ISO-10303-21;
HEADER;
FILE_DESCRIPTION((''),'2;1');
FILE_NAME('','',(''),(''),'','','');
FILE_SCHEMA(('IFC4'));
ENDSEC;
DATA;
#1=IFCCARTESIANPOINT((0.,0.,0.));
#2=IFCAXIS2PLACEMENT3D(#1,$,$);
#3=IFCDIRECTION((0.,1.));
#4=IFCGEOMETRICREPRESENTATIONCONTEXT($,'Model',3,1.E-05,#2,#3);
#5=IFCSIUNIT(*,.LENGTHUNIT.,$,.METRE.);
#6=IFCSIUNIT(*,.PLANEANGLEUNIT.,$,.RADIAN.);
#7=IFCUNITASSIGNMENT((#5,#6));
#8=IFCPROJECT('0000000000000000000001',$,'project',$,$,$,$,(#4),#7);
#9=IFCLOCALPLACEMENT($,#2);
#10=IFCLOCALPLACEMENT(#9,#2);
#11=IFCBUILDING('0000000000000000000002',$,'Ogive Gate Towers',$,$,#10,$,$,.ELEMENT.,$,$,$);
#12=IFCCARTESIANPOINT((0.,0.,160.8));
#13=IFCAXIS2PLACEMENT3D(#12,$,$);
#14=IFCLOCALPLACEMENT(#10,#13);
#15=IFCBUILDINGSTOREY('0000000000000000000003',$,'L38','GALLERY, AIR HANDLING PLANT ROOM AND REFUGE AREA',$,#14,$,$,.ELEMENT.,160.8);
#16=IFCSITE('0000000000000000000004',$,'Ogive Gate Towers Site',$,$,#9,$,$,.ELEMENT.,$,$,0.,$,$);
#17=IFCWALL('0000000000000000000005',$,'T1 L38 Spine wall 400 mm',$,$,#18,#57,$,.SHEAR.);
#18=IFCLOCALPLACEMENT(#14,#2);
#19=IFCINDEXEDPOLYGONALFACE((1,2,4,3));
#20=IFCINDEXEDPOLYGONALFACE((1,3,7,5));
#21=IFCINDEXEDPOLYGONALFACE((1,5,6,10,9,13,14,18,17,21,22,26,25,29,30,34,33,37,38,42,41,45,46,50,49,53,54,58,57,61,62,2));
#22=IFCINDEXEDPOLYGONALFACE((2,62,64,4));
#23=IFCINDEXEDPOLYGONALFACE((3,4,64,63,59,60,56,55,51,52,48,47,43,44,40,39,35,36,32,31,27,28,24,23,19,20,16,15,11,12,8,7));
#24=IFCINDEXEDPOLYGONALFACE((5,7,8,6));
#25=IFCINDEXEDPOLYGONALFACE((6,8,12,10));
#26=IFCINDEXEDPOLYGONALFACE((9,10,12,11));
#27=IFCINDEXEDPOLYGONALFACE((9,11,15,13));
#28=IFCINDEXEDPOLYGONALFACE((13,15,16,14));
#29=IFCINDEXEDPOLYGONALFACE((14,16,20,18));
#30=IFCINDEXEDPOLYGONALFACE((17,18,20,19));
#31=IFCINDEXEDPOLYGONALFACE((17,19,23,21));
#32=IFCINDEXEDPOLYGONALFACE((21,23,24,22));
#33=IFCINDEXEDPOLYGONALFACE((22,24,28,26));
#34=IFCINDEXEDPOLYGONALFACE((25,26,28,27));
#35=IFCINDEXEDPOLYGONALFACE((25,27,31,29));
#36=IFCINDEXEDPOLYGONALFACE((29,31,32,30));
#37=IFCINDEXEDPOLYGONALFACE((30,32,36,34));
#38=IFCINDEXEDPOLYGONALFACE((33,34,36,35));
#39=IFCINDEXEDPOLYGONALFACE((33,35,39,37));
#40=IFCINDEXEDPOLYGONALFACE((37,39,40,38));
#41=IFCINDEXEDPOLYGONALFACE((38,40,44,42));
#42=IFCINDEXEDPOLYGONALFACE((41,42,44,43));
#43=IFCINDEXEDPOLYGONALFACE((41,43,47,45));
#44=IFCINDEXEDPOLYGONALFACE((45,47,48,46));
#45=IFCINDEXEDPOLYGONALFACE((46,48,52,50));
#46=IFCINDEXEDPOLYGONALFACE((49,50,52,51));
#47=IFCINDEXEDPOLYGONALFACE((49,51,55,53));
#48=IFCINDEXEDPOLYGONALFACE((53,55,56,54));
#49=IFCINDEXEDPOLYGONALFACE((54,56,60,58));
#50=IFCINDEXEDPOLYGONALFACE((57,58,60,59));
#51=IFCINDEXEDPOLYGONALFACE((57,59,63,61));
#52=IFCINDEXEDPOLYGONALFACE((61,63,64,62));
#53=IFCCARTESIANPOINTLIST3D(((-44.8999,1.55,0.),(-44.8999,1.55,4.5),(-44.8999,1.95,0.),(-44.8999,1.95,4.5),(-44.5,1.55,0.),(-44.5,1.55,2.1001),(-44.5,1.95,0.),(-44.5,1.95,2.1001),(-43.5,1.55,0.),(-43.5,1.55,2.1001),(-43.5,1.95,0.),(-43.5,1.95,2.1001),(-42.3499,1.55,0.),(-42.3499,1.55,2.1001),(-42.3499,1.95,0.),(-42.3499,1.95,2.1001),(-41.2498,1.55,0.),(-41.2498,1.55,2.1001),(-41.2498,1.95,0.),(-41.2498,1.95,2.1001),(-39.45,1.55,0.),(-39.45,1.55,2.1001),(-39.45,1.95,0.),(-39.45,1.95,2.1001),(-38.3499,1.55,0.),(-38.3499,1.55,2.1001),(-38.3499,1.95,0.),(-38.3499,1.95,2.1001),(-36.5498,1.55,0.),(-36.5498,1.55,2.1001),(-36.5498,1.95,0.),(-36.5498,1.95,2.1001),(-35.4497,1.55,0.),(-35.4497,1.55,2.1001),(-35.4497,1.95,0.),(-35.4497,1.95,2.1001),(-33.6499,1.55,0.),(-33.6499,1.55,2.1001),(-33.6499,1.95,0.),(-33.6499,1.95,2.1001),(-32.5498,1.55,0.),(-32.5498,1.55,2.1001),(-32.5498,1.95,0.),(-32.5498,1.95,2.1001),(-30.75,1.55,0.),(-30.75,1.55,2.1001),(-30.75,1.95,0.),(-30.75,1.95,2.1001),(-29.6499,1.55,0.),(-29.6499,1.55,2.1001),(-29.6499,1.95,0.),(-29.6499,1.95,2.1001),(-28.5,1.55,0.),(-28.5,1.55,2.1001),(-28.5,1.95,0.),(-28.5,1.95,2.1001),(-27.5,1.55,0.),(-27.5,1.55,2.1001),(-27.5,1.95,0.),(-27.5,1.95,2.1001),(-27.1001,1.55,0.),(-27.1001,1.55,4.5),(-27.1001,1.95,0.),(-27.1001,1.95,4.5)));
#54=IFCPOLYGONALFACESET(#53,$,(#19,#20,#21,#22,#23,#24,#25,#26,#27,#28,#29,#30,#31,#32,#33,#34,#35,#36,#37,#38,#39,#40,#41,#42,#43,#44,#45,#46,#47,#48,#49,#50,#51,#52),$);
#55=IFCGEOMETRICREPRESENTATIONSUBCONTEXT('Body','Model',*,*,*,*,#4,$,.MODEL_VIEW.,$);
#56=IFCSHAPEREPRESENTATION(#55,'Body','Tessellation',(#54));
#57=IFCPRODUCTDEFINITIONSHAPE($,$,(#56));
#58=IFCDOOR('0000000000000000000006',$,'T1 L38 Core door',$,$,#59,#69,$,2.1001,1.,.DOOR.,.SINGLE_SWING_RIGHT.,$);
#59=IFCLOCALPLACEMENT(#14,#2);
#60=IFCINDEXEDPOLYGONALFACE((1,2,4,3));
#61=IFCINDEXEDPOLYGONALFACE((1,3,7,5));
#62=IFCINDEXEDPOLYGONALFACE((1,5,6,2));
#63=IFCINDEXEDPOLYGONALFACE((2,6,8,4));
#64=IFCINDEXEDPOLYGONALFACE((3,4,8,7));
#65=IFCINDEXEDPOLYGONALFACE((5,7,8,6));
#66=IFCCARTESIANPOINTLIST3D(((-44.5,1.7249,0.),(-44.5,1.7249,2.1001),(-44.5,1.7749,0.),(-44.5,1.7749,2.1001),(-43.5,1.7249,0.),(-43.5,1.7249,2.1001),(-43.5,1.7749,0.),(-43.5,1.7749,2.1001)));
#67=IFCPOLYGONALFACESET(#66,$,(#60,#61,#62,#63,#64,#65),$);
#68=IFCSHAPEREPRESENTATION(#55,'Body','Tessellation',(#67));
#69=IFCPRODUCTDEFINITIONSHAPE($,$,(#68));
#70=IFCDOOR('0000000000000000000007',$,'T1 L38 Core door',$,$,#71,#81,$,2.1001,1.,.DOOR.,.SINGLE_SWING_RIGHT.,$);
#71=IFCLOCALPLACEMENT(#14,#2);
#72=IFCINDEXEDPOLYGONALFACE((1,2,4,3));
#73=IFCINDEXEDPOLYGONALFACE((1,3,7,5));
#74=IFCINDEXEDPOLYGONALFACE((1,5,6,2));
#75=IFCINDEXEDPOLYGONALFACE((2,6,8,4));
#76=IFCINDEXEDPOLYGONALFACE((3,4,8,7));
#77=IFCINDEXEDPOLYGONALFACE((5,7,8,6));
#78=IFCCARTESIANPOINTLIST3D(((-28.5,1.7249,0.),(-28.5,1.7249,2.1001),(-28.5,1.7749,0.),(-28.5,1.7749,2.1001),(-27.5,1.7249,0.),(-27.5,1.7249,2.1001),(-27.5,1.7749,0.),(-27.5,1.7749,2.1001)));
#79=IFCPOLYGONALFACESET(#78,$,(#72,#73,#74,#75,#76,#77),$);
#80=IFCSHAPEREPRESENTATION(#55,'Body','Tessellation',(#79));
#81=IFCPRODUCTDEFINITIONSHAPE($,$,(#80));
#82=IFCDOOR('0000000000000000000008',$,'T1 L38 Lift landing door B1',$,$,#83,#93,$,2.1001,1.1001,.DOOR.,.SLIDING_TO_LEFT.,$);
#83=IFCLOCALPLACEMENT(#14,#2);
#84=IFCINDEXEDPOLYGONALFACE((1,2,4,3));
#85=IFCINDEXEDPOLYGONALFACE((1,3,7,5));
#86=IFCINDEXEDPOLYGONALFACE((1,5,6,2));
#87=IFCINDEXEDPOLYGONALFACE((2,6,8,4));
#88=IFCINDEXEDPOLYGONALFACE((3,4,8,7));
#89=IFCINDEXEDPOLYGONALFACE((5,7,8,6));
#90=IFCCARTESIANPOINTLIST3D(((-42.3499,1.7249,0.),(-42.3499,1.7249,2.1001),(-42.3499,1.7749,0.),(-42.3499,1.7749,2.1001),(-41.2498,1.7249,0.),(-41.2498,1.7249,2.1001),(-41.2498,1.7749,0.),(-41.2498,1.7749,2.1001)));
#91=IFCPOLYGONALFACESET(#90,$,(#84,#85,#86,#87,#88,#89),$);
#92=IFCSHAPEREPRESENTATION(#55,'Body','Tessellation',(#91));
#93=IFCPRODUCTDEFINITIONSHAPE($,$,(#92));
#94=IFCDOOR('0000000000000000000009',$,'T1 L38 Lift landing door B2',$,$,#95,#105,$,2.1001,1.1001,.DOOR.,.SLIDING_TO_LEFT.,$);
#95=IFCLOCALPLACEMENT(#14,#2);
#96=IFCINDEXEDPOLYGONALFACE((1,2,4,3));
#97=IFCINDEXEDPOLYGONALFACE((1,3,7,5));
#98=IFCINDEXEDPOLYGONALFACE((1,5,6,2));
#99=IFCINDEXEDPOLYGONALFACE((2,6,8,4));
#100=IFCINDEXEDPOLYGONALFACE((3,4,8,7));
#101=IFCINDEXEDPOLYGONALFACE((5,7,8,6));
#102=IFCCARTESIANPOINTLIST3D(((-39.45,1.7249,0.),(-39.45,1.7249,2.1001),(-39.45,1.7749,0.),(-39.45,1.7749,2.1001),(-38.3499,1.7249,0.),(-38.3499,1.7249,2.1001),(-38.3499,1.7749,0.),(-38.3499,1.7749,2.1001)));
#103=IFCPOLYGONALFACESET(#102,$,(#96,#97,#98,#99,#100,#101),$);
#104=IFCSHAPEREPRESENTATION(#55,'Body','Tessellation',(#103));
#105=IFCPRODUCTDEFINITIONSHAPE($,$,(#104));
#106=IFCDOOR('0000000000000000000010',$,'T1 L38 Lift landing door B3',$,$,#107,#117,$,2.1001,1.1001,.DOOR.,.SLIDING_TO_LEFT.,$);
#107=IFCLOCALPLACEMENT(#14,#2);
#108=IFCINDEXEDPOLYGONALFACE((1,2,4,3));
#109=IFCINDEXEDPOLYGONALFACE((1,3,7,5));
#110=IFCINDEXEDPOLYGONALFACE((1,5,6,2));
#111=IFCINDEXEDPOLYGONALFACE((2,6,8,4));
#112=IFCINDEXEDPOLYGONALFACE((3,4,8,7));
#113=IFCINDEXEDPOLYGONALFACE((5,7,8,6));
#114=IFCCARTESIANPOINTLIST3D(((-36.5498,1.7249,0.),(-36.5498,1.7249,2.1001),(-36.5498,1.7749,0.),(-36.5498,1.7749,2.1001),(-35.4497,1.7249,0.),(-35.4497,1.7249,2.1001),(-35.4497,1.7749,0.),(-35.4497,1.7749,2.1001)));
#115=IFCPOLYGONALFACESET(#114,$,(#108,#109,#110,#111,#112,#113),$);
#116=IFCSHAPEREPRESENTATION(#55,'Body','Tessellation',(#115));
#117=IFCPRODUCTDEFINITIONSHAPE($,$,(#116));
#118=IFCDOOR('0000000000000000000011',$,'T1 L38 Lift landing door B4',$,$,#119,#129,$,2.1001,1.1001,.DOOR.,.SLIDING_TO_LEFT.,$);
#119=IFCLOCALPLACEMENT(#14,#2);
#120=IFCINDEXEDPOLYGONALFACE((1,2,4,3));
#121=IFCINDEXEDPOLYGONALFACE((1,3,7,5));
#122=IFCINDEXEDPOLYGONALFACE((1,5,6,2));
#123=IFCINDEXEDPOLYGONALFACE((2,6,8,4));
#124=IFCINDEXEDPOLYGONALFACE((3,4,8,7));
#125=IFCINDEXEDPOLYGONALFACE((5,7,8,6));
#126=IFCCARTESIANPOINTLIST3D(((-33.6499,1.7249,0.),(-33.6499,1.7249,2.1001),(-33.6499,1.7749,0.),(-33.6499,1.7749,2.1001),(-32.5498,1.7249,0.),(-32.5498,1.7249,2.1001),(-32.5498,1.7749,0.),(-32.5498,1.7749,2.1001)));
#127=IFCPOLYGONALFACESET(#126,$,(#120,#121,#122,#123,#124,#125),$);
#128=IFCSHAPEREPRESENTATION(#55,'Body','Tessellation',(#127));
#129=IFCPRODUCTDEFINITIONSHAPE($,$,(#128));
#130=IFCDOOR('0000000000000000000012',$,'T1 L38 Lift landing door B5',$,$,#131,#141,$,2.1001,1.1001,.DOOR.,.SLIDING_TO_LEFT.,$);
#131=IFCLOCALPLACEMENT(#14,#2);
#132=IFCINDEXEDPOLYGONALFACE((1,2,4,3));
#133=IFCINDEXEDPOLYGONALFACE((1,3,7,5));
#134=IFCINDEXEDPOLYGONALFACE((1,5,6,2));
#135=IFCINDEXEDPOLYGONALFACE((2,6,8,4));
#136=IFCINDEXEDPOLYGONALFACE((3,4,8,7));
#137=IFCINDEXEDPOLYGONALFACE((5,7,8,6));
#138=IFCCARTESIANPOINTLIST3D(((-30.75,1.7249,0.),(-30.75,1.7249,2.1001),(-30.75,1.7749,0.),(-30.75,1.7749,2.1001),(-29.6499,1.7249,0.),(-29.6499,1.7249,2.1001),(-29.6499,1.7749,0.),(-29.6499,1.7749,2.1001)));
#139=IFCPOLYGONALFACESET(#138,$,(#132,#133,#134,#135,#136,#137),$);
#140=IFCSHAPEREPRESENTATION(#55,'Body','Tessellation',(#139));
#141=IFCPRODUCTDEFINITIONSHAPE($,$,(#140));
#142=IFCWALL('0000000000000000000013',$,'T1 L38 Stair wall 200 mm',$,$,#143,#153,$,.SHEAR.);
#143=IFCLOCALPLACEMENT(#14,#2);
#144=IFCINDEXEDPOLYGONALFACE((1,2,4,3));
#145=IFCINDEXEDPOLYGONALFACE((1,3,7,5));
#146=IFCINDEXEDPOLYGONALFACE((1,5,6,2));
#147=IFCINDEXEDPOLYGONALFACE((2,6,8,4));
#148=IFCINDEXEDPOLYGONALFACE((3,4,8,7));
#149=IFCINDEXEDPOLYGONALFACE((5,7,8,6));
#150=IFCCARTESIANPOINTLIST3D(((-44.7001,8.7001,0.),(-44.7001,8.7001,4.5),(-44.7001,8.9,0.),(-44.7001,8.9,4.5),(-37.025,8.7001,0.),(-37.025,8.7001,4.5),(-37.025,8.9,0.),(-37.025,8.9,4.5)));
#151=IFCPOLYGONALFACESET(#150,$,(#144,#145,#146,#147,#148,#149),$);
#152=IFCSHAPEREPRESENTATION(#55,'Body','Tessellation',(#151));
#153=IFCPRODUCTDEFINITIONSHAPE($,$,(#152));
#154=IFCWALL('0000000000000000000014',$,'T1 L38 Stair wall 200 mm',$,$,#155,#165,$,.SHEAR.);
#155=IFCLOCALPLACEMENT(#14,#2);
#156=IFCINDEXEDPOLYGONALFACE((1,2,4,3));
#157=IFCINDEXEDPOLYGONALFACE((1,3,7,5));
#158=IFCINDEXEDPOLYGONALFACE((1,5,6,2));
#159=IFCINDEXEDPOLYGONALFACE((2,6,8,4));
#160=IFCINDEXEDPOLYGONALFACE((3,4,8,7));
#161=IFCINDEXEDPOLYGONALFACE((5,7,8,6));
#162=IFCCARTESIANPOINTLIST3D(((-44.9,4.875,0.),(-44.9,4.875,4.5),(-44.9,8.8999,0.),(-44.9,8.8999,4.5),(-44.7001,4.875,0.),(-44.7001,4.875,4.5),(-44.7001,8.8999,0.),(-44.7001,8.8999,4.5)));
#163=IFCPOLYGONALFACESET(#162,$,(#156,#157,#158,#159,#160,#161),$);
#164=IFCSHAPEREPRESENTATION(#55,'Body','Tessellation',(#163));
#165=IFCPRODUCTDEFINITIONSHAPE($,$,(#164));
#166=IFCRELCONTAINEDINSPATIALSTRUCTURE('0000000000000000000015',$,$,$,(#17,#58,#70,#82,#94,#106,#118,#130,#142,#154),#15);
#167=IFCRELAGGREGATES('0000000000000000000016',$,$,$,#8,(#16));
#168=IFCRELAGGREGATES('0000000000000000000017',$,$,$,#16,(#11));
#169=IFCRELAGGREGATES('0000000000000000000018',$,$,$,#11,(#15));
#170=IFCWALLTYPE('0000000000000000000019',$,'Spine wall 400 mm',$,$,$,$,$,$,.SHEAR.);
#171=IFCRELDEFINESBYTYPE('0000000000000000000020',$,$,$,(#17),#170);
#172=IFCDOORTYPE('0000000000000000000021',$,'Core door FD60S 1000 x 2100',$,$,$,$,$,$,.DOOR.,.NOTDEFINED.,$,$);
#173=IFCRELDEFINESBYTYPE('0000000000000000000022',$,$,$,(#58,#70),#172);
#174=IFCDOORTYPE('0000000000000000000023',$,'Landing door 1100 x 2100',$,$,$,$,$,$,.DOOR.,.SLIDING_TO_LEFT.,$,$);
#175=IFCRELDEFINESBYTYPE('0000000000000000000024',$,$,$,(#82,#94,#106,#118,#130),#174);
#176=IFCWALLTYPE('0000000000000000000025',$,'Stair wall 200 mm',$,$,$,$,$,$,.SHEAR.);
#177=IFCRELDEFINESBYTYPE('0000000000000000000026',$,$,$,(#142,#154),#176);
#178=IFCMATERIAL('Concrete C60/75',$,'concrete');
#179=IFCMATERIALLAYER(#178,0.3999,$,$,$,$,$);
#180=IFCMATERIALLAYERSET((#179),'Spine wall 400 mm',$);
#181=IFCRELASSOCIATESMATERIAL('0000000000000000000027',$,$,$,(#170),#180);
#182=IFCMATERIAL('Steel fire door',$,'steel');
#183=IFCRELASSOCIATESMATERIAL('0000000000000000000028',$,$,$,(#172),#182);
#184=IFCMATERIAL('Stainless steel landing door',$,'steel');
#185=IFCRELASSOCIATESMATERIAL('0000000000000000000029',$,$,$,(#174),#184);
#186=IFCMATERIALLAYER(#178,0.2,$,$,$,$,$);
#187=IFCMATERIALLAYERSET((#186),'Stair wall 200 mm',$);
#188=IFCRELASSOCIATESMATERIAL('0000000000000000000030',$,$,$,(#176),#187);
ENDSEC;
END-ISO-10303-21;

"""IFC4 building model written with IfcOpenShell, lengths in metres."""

from ifc_helpers import new_model, si_unit, direction, frame, frame_2d, origin, place, context, subcontext, project, spatial, rectangle, extrude, material, layer, layer_set, type_object, element, fill, save


model = new_model("IFC4")

# Units and contexts
model_context = context("Model", 3, precision=1e-05, world=origin(), true_north=direction((0.0, 1.0)))
body_context = subcontext(model_context, "Body", "Model", "MODEL_VIEW")
ifc_project = project(units=[si_unit("LENGTHUNIT", "METRE"), si_unit("PLANEANGLEUNIT", "RADIAN")], contexts=[model_context])

# Site, building, storey
site_placement = place(None, origin())
site = spatial("IfcSite", under=ifc_project, at=site_placement, Name="Ogive Gate Towers Site", CompositionType="ELEMENT", RefElevation=0.0)
building_placement = place(site_placement, origin())
building = spatial("IfcBuilding", under=site, at=building_placement, Name="Ogive Gate Towers", CompositionType="ELEMENT")
storey_placement = place(building_placement, frame((0.0, 0.0, 160.8)))
storey = spatial("IfcBuildingStorey", under=building, at=storey_placement, Name="L38", Description="GALLERY, AIR HANDLING PLANT ROOM AND REFUGE AREA", CompositionType="ELEMENT", Elevation=160.8)

# Shared definitions
ifc_material_1 = material(Name="Concrete C60/75", Category="concrete")
ifc_material_2 = material(Name="Steel fire door", Category="steel")

# Shared definitions
ifc_material_3 = material(Name="Stainless steel landing door", Category="steel")

# Wall, openings, doors
ifc_layer_1 = layer(ifc_material_1, 0.3999)
ifc_layer_set_1 = layer_set([ifc_layer_1], Name="Spine wall 400 mm")
wall_type_1 = type_object("IfcWallType", Name="Spine wall 400 mm", PredefinedType="SHEAR", material=ifc_layer_set_1)
wall_1_placement = place(storey_placement, frame((-44.8999, 1.75, 0.0), z_axis=(0.0, 0.0, 1.0), x_axis=(1.0, 0.0, 0.0)))
wall_1 = element("IfcWall", 1, at=wall_1_placement, inside=storey, type_object=wall_type_1, Name="T1 L38 Spine wall 400 mm", PredefinedType="SHEAR", context=body_context, shape_type="SweptSolid", body=[
    extrude(rectangle(XDim=17.7998, YDim=0.3999, at=frame_2d((8.8999, 0.0))), origin(), (0.0, 0.0, 1.0), 4.5),
])
opening_1_placement = place(wall_1_placement, frame((0.3999, 0.0, 0.0)))
opening_1 = element("IfcOpeningElement", 2, at=opening_1_placement, cuts=wall_1, PredefinedType="OPENING", context=body_context, shape_type="SweptSolid", body=[
    extrude(rectangle(XDim=1.0, YDim=2.1001, at=frame_2d((0.5, 1.05))), frame((0.0, 0.21, 0.0), z_axis=(0.0, -1.0, 0.0), x_axis=(1.0, 0.0, 0.0)), (0.0, 0.0, 1.0), 0.4199),
])
opening_2_placement = place(wall_1_placement, frame((2.55, 0.0, 0.0)))
opening_2 = element("IfcOpeningElement", 3, at=opening_2_placement, cuts=wall_1, PredefinedType="OPENING", context=body_context, shape_type="SweptSolid", body=[
    extrude(rectangle(XDim=1.1001, YDim=2.1001, at=frame_2d((0.55, 1.05))), frame((0.0, 0.21, 0.0), z_axis=(0.0, -1.0, 0.0), x_axis=(1.0, 0.0, 0.0)), (0.0, 0.0, 1.0), 0.4199),
])
opening_3_placement = place(wall_1_placement, frame((5.45, 0.0, 0.0)))
opening_3 = element("IfcOpeningElement", 4, at=opening_3_placement, cuts=wall_1, PredefinedType="OPENING", context=body_context, shape_type="SweptSolid", body=[
    extrude(rectangle(XDim=1.1001, YDim=2.1001, at=frame_2d((0.55, 1.05))), frame((0.0, 0.21, 0.0), z_axis=(0.0, -1.0, 0.0), x_axis=(1.0, 0.0, 0.0)), (0.0, 0.0, 1.0), 0.4199),
])
opening_4_placement = place(wall_1_placement, frame((8.3501, 0.0, 0.0)))
opening_4 = element("IfcOpeningElement", 5, at=opening_4_placement, cuts=wall_1, PredefinedType="OPENING", context=body_context, shape_type="SweptSolid", body=[
    extrude(rectangle(XDim=1.1001, YDim=2.1001, at=frame_2d((0.55, 1.05))), frame((0.0, 0.21, 0.0), z_axis=(0.0, -1.0, 0.0), x_axis=(1.0, 0.0, 0.0)), (0.0, 0.0, 1.0), 0.4199),
])
opening_5_placement = place(wall_1_placement, frame((11.25, 0.0, 0.0)))
opening_5 = element("IfcOpeningElement", 6, at=opening_5_placement, cuts=wall_1, PredefinedType="OPENING", context=body_context, shape_type="SweptSolid", body=[
    extrude(rectangle(XDim=1.1001, YDim=2.1001, at=frame_2d((0.55, 1.05))), frame((0.0, 0.21, 0.0), z_axis=(0.0, -1.0, 0.0), x_axis=(1.0, 0.0, 0.0)), (0.0, 0.0, 1.0), 0.4199),
])
opening_6_placement = place(wall_1_placement, frame((14.1499, 0.0, 0.0)))
opening_6 = element("IfcOpeningElement", 7, at=opening_6_placement, cuts=wall_1, PredefinedType="OPENING", context=body_context, shape_type="SweptSolid", body=[
    extrude(rectangle(XDim=1.1001, YDim=2.1001, at=frame_2d((0.55, 1.05))), frame((0.0, 0.21, 0.0), z_axis=(0.0, -1.0, 0.0), x_axis=(1.0, 0.0, 0.0)), (0.0, 0.0, 1.0), 0.4199),
])
opening_7_placement = place(wall_1_placement, frame((16.3999, 0.0, 0.0)))
opening_7 = element("IfcOpeningElement", 8, at=opening_7_placement, cuts=wall_1, PredefinedType="OPENING", context=body_context, shape_type="SweptSolid", body=[
    extrude(rectangle(XDim=1.0, YDim=2.1001, at=frame_2d((0.5, 1.05))), frame((0.0, 0.21, 0.0), z_axis=(0.0, -1.0, 0.0), x_axis=(1.0, 0.0, 0.0)), (0.0, 0.0, 1.0), 0.4199),
])
door_type_1 = type_object("IfcDoorType", Name="Core door FD60S 1000 x 2100", OperationType="NOTDEFINED", PredefinedType="DOOR", material=ifc_material_2)
door_1_placement = place(opening_1_placement, origin())
door_1 = element("IfcDoor", 9, at=door_1_placement, inside=storey, type_object=door_type_1, Name="T1 L38 Core door", OperationType="SINGLE_SWING_RIGHT", OverallHeight=2.1001, OverallWidth=1.0, PredefinedType="DOOR", context=body_context, shape_type="SweptSolid", body=[
    extrude(rectangle(XDim=1.0, YDim=2.1001, at=frame_2d((0.5, 1.05))), frame((0.0, 0.0249, 0.0), z_axis=(0.0, -1.0, 0.0), x_axis=(1.0, 0.0, 0.0)), (0.0, 0.0, 1.0), 0.05),
])
fill(opening_1, door_1)
door_2_placement = place(opening_7_placement, origin())
door_2 = element("IfcDoor", 10, at=door_2_placement, inside=storey, type_object=door_type_1, Name="T1 L38 Core door", OperationType="SINGLE_SWING_RIGHT", OverallHeight=2.1001, OverallWidth=1.0, PredefinedType="DOOR", context=body_context, shape_type="SweptSolid", body=[
    extrude(rectangle(XDim=1.0, YDim=2.1001, at=frame_2d((0.5, 1.05))), frame((0.0, 0.0249, 0.0), z_axis=(0.0, -1.0, 0.0), x_axis=(1.0, 0.0, 0.0)), (0.0, 0.0, 1.0), 0.05),
])
fill(opening_7, door_2)
door_type_2 = type_object("IfcDoorType", Name="Landing door 1100 x 2100", OperationType="SLIDING_TO_LEFT", PredefinedType="DOOR", material=ifc_material_3)
door_3_placement = place(opening_2_placement, origin())
door_3 = element("IfcDoor", 11, at=door_3_placement, inside=storey, type_object=door_type_2, Name="T1 L38 Lift landing door B1", OperationType="SLIDING_TO_LEFT", OverallHeight=2.1001, OverallWidth=1.1001, PredefinedType="DOOR", context=body_context, shape_type="SweptSolid", body=[
    extrude(rectangle(XDim=1.1001, YDim=2.1001, at=frame_2d((0.55, 1.05))), frame((0.0, 0.0249, 0.0), z_axis=(0.0, -1.0, 0.0), x_axis=(1.0, 0.0, 0.0)), (0.0, 0.0, 1.0), 0.05),
])
fill(opening_2, door_3)
door_4_placement = place(opening_3_placement, origin())
door_4 = element("IfcDoor", 12, at=door_4_placement, inside=storey, type_object=door_type_2, Name="T1 L38 Lift landing door B2", OperationType="SLIDING_TO_LEFT", OverallHeight=2.1001, OverallWidth=1.1001, PredefinedType="DOOR", context=body_context, shape_type="SweptSolid", body=[
    extrude(rectangle(XDim=1.1001, YDim=2.1001, at=frame_2d((0.55, 1.05))), frame((0.0, 0.0249, 0.0), z_axis=(0.0, -1.0, 0.0), x_axis=(1.0, 0.0, 0.0)), (0.0, 0.0, 1.0), 0.05),
])
fill(opening_3, door_4)
door_5_placement = place(opening_4_placement, origin())
door_5 = element("IfcDoor", 13, at=door_5_placement, inside=storey, type_object=door_type_2, Name="T1 L38 Lift landing door B3", OperationType="SLIDING_TO_LEFT", OverallHeight=2.1001, OverallWidth=1.1001, PredefinedType="DOOR", context=body_context, shape_type="SweptSolid", body=[
    extrude(rectangle(XDim=1.1001, YDim=2.1001, at=frame_2d((0.55, 1.05))), frame((0.0, 0.0249, 0.0), z_axis=(0.0, -1.0, 0.0), x_axis=(1.0, 0.0, 0.0)), (0.0, 0.0, 1.0), 0.05),
])
fill(opening_4, door_5)
door_6_placement = place(opening_5_placement, origin())
door_6 = element("IfcDoor", 14, at=door_6_placement, inside=storey, type_object=door_type_2, Name="T1 L38 Lift landing door B4", OperationType="SLIDING_TO_LEFT", OverallHeight=2.1001, OverallWidth=1.1001, PredefinedType="DOOR", context=body_context, shape_type="SweptSolid", body=[
    extrude(rectangle(XDim=1.1001, YDim=2.1001, at=frame_2d((0.55, 1.05))), frame((0.0, 0.0249, 0.0), z_axis=(0.0, -1.0, 0.0), x_axis=(1.0, 0.0, 0.0)), (0.0, 0.0, 1.0), 0.05),
])
fill(opening_5, door_6)
door_7_placement = place(opening_6_placement, origin())
door_7 = element("IfcDoor", 15, at=door_7_placement, inside=storey, type_object=door_type_2, Name="T1 L38 Lift landing door B5", OperationType="SLIDING_TO_LEFT", OverallHeight=2.1001, OverallWidth=1.1001, PredefinedType="DOOR", context=body_context, shape_type="SweptSolid", body=[
    extrude(rectangle(XDim=1.1001, YDim=2.1001, at=frame_2d((0.55, 1.05))), frame((0.0, 0.0249, 0.0), z_axis=(0.0, -1.0, 0.0), x_axis=(1.0, 0.0, 0.0)), (0.0, 0.0, 1.0), 0.05),
])
fill(opening_6, door_7)

# Walls
ifc_layer_2 = layer(ifc_material_1, 0.2)
ifc_layer_set_2 = layer_set([ifc_layer_2], Name="Stair wall 200 mm")
wall_type_2 = type_object("IfcWallType", Name="Stair wall 200 mm", PredefinedType="SHEAR", material=ifc_layer_set_2)
wall_2_placement = place(storey_placement, frame((-44.7, 8.8, 0.0), z_axis=(0.0, 0.0, 1.0), x_axis=(1.0, 0.0, 0.0)))
element("IfcWall", 16, at=wall_2_placement, inside=storey, type_object=wall_type_2, Name="T1 L38 Stair wall 200 mm", PredefinedType="SHEAR", context=body_context, shape_type="SweptSolid", body=[
    extrude(rectangle(XDim=7.675, YDim=0.2, at=frame_2d((3.8374, 0.0))), origin(), (0.0, 0.0, 1.0), 4.5),
])
wall_3_placement = place(storey_placement, frame((-44.8, 4.875, 0.0), z_axis=(0.0, 0.0, 1.0), x_axis=(0.0, 1.0, 0.0)))
element("IfcWall", 17, at=wall_3_placement, inside=storey, type_object=wall_type_2, Name="T1 L38 Stair wall 200 mm", PredefinedType="SHEAR", context=body_context, shape_type="SweptSolid", body=[
    extrude(rectangle(XDim=4.0249, YDim=0.2, at=frame_2d((2.0125, 0.0))), origin(), (0.0, 0.0, 1.0), 4.5),
])

save(model, "model.ifc")
